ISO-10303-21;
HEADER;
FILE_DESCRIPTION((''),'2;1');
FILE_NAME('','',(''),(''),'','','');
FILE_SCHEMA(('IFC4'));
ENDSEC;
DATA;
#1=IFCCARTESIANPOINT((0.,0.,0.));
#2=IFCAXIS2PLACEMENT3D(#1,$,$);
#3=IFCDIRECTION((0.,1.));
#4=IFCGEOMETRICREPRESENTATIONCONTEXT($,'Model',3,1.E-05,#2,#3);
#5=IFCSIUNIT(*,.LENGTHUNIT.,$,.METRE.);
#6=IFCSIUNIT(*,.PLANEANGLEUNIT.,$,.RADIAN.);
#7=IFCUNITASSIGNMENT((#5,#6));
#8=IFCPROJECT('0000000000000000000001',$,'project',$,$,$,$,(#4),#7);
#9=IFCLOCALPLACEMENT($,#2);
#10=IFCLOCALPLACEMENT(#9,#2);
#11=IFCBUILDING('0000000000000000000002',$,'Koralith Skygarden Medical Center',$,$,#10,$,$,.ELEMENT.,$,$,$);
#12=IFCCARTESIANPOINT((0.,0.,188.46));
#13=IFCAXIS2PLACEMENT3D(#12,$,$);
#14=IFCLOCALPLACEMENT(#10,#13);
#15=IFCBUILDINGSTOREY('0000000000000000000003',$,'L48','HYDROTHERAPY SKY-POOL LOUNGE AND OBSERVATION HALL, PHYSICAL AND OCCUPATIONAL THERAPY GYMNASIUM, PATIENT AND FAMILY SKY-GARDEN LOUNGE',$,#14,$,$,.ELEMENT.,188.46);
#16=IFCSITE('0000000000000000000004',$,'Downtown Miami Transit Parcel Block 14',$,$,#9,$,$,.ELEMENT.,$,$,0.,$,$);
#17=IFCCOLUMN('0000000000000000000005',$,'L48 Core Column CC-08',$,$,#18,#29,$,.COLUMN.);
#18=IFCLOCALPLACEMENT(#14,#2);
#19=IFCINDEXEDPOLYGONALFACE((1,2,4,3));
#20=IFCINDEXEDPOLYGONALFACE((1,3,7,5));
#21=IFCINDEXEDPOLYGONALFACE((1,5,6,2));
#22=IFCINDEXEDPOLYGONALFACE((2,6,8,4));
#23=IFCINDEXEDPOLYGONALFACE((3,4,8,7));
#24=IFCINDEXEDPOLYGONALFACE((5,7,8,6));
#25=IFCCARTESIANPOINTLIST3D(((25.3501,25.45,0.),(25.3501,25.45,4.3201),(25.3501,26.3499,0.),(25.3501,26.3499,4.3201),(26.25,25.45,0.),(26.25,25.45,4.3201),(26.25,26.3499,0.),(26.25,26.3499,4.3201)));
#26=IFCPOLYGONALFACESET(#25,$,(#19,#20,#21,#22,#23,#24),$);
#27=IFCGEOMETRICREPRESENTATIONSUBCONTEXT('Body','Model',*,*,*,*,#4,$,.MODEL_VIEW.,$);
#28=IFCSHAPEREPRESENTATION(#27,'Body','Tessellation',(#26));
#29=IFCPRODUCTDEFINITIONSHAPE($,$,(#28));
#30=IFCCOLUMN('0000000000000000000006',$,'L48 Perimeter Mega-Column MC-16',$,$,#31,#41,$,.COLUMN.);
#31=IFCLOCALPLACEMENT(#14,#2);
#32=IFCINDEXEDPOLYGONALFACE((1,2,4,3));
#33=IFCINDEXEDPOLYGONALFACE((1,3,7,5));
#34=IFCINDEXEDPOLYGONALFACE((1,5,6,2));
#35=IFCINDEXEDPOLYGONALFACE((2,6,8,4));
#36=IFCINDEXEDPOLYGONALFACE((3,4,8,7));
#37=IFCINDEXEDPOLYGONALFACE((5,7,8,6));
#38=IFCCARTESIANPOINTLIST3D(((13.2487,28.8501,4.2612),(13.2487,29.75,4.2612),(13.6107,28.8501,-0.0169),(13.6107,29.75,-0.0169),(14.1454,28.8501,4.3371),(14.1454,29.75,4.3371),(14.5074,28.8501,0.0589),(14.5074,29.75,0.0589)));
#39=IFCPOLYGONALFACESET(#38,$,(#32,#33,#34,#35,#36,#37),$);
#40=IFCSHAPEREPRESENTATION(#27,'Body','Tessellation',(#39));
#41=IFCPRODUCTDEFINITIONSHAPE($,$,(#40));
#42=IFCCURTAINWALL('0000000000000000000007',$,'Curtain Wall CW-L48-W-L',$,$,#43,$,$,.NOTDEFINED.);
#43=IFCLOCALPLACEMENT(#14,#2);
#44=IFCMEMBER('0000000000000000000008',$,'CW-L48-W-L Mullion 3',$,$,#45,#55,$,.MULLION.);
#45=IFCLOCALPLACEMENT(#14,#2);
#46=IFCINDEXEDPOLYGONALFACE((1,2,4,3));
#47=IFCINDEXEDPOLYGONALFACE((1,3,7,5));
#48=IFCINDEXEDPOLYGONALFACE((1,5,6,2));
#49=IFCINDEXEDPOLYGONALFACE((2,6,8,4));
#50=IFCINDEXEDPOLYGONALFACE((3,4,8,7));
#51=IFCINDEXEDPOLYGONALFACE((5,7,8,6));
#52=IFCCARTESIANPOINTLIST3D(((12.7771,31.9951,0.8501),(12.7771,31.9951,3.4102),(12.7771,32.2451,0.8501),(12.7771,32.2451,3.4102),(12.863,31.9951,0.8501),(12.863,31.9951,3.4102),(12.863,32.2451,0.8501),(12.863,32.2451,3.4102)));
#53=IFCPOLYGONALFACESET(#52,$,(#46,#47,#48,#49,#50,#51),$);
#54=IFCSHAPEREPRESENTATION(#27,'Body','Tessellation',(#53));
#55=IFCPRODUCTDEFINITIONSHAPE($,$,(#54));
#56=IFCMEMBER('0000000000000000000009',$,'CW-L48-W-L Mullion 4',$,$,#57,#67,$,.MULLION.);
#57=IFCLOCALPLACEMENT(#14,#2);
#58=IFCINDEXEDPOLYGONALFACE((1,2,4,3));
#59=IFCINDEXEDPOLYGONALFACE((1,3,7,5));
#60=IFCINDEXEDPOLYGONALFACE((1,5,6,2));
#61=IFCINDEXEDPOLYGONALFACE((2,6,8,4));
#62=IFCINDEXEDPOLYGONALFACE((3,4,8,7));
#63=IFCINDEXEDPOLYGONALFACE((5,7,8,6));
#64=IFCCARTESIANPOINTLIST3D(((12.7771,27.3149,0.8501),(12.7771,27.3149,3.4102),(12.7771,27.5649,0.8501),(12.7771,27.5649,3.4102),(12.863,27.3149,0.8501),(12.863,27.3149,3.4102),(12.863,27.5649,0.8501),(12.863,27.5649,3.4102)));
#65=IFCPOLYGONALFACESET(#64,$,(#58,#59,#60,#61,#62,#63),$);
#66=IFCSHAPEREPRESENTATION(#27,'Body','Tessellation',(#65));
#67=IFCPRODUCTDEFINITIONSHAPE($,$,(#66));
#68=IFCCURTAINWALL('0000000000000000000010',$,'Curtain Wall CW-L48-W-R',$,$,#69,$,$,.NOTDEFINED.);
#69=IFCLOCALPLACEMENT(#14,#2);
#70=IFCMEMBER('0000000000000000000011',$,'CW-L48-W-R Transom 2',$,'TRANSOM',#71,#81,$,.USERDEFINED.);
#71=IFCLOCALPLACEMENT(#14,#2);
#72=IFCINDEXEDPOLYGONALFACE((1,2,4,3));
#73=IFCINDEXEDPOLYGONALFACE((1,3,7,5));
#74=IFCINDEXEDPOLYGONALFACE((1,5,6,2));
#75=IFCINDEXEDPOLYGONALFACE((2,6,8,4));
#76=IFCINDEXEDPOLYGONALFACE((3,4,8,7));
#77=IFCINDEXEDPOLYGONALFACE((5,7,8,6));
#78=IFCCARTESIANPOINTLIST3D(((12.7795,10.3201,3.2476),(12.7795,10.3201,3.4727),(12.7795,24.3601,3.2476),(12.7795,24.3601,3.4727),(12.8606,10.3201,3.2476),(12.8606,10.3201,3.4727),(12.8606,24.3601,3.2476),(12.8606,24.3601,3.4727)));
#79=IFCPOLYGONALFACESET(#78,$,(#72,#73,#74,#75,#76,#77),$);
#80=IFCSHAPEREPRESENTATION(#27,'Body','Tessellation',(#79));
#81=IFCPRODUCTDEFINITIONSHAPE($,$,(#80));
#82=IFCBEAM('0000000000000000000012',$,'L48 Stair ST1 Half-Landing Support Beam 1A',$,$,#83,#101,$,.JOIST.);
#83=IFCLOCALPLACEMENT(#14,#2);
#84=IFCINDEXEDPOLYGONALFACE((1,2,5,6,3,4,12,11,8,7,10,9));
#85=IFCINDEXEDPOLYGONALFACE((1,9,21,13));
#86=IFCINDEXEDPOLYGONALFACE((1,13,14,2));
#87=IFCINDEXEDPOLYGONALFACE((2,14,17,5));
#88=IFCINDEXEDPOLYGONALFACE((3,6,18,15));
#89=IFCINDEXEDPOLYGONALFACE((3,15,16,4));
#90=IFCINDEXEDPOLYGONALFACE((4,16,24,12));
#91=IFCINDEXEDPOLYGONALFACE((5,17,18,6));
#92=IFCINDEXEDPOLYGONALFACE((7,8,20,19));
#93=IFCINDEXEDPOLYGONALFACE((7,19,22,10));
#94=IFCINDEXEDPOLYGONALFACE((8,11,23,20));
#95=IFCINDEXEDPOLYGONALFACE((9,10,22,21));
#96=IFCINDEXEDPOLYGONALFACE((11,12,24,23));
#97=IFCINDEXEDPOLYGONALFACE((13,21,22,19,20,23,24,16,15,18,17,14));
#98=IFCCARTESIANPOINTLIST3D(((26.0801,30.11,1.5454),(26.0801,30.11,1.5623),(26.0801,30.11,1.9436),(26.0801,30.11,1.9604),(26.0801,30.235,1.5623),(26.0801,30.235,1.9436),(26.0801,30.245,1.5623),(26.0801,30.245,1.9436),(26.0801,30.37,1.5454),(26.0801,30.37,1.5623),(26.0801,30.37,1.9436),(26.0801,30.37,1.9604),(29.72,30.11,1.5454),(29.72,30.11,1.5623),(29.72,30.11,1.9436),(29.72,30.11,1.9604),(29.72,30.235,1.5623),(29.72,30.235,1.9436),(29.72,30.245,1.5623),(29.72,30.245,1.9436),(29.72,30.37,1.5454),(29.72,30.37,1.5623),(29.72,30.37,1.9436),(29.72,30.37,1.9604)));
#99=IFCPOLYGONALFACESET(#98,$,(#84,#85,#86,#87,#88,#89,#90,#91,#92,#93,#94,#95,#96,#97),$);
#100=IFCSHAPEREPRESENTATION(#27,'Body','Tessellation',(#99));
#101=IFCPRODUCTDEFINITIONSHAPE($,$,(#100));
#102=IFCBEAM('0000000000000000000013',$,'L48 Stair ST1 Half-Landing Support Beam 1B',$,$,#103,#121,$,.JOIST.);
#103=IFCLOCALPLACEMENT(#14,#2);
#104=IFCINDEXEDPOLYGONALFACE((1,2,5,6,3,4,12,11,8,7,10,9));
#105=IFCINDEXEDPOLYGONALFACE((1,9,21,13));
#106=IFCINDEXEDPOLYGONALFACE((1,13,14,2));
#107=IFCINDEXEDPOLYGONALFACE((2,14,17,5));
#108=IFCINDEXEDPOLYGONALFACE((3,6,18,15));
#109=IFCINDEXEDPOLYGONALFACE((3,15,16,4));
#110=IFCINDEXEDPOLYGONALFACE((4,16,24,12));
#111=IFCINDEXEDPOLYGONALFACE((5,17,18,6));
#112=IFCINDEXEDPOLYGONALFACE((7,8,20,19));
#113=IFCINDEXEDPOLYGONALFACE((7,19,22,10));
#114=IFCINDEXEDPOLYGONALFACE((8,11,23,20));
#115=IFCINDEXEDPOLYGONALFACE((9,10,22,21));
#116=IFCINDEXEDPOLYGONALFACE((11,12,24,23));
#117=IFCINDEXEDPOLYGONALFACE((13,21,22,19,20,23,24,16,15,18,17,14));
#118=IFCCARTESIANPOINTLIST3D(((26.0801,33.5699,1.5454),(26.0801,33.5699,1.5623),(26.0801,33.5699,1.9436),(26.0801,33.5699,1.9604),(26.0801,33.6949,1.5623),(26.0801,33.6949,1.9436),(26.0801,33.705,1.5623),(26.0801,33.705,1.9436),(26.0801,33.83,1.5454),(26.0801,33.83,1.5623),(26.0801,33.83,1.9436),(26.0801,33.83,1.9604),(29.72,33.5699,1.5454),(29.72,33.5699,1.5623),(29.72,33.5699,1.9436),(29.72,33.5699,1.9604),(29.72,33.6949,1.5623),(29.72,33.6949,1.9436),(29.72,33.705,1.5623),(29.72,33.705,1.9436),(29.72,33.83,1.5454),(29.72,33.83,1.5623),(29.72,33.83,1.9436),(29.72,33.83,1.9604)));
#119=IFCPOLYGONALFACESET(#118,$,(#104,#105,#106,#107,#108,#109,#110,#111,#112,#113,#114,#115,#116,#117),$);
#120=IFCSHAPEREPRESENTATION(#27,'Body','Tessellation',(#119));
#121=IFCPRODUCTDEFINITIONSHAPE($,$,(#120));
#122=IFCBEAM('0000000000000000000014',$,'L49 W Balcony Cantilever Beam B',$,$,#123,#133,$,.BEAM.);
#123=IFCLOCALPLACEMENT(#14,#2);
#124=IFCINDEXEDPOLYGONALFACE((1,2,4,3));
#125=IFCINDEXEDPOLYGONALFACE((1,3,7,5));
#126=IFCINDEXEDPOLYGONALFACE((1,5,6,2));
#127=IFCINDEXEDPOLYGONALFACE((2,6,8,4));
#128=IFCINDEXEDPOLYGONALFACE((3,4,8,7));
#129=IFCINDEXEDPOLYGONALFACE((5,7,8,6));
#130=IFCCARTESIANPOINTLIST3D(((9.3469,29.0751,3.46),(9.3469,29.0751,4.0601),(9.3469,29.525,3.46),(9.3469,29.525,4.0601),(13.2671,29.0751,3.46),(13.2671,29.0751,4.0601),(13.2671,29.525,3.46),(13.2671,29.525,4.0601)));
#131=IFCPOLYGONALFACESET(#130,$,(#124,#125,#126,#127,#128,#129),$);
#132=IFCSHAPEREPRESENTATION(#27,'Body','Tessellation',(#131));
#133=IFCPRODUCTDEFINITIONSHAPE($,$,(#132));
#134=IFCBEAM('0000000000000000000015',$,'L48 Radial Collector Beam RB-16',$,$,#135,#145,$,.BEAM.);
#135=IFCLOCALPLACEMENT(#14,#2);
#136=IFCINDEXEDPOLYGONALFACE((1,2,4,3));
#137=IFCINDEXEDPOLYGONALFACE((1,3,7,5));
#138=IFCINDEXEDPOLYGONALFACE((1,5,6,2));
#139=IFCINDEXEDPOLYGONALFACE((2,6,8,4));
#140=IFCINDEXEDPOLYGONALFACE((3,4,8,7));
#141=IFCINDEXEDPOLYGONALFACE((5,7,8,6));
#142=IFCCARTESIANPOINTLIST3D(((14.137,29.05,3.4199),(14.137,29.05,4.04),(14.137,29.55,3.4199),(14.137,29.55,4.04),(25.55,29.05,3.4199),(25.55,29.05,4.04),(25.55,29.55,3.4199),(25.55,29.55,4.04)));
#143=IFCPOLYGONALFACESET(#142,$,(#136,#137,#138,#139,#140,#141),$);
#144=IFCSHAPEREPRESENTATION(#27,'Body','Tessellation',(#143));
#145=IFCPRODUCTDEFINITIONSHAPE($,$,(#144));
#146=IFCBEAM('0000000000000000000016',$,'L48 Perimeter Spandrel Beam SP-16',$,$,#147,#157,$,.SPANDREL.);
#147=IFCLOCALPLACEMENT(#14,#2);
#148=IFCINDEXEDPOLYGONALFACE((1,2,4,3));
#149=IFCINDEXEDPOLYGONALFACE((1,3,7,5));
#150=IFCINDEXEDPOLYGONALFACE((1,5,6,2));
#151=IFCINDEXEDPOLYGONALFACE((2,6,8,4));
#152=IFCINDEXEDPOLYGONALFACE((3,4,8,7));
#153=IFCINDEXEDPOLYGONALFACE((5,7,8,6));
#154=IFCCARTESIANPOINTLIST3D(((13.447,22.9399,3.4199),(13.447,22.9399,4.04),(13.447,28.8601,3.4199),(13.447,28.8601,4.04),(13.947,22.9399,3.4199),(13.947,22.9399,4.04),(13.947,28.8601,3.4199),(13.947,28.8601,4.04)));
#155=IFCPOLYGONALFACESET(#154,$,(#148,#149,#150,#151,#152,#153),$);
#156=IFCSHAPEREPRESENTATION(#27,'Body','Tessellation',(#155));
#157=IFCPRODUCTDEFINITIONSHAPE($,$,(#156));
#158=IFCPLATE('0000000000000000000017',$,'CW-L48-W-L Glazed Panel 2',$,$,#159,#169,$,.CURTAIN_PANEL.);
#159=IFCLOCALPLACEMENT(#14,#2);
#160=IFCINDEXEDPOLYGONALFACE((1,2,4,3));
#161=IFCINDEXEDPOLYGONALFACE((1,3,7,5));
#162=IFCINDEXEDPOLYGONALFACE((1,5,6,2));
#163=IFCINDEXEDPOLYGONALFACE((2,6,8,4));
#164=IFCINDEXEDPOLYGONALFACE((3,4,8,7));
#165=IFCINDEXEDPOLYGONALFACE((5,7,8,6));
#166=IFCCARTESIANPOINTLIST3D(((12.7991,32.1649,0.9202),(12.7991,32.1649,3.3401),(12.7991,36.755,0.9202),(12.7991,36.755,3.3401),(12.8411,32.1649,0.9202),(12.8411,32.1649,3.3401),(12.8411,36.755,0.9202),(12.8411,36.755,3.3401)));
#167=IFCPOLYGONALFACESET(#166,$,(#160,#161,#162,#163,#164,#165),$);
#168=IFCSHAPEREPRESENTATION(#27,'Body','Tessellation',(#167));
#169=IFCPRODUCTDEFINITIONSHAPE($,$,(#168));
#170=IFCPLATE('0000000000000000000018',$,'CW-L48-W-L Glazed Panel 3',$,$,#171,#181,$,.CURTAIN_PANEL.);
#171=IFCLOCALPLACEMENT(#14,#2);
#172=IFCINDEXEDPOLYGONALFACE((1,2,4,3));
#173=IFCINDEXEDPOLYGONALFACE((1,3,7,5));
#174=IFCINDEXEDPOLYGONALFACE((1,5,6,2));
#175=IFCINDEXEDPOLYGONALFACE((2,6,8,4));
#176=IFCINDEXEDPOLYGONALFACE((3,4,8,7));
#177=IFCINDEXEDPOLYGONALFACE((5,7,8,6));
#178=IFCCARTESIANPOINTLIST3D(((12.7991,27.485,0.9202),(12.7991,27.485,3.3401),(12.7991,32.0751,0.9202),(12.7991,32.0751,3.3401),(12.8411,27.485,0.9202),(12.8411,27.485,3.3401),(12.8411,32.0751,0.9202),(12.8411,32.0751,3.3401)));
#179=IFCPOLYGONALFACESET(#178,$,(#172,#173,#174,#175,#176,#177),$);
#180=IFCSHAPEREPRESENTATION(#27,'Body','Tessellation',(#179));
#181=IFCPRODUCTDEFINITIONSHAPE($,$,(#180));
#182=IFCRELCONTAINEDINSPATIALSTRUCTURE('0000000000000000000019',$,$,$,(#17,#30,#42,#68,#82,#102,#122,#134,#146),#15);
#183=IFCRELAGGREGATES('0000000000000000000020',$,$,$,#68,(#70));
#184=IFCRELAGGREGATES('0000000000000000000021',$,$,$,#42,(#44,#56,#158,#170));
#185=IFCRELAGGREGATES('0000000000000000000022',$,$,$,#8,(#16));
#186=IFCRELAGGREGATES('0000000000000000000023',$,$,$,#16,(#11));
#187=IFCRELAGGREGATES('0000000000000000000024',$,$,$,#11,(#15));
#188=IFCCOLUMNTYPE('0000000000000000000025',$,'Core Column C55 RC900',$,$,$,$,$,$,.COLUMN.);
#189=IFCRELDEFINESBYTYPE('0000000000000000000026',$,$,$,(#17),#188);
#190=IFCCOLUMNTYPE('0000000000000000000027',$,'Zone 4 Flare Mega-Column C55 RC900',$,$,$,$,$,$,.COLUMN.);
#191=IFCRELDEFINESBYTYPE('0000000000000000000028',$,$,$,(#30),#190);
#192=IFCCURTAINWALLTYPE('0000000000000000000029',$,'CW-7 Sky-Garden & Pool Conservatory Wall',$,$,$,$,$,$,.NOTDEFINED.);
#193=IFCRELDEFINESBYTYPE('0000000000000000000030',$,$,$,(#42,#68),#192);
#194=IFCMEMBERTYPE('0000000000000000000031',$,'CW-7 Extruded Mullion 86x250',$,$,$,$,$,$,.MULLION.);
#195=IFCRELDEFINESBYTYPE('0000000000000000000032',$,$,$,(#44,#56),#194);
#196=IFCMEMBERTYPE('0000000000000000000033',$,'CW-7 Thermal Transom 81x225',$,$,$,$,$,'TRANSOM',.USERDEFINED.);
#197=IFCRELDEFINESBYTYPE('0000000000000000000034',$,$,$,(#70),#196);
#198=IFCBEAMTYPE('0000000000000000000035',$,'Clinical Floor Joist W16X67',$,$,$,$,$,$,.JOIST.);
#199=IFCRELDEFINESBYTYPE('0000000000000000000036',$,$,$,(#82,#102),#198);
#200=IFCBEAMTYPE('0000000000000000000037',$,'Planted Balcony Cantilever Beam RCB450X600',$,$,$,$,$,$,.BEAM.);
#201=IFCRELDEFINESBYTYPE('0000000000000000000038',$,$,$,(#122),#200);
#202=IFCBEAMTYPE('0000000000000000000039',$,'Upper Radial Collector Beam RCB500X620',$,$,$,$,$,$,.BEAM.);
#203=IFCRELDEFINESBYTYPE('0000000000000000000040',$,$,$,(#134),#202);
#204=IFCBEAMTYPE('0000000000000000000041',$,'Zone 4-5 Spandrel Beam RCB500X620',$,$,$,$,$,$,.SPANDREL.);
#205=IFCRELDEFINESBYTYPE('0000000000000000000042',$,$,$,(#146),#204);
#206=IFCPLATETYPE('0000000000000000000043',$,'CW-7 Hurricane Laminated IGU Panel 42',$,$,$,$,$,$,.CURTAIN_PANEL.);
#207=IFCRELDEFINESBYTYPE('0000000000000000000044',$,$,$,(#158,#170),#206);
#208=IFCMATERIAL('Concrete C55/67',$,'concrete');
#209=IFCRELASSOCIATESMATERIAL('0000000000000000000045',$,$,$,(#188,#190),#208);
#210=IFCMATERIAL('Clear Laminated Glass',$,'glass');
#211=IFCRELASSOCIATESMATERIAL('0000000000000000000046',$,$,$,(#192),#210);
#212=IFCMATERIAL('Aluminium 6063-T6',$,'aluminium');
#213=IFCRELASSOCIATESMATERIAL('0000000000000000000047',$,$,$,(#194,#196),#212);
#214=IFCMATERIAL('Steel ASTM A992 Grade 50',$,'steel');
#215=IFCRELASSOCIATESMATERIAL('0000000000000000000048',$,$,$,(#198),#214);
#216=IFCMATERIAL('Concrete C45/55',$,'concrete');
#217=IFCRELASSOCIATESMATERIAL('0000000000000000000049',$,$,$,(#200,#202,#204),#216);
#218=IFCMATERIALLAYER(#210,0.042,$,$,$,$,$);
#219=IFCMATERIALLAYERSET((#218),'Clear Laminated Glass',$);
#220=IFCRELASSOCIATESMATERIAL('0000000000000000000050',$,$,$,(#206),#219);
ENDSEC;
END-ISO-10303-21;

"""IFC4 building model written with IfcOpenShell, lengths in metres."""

from ifc_helpers import new_model, si_unit, direction, frame, origin, origin_2d, place, context, subcontext, project, spatial, rectangle, i_section, extrude, material, layer, layer_set, material_profile, profile_set, type_object, element, aggregate, save


model = new_model("IFC4")

# Units and contexts
model_context = context("Model", 3, precision=1e-05, world=origin(), true_north=direction((0.0, 1.0)))
body_context = subcontext(model_context, "Body", "Model", "MODEL_VIEW")
ifc_project = project(units=[si_unit("LENGTHUNIT", "METRE"), si_unit("PLANEANGLEUNIT", "RADIAN")], contexts=[model_context])

# Site, building, storey
site_placement = place(None, origin())
site = spatial("IfcSite", under=ifc_project, at=site_placement, Name="Downtown Miami Transit Parcel Block 14", CompositionType="ELEMENT", RefElevation=0.0)
building_placement = place(site_placement, origin())
building = spatial("IfcBuilding", under=site, at=building_placement, Name="Koralith Skygarden Medical Center", CompositionType="ELEMENT")
storey_placement = place(building_placement, frame((0.0, 0.0, 188.46)))
storey = spatial("IfcBuildingStorey", under=building, at=storey_placement, Name="L48", Description="HYDROTHERAPY SKY-POOL LOUNGE AND OBSERVATION HALL, PHYSICAL AND OCCUPATIONAL THERAPY GYMNASIUM, PATIENT AND FAMILY SKY-GARDEN LOUNGE", CompositionType="ELEMENT", Elevation=188.46)

# Columns
ifc_material_1 = material(Name="Concrete C55/67", Category="concrete")
ifc_material_profile_1 = material_profile(ifc_material_1, rectangle(XDim=0.8999, YDim=0.8999, at=origin_2d()), Name="RC900X900")
ifc_profile_set_1 = profile_set([ifc_material_profile_1], Name="Concrete C55/67")
column_type_1 = type_object("IfcColumnType", Name="Core Column C55 RC900", PredefinedType="COLUMN", material=ifc_profile_set_1)
column_1_placement = place(storey_placement, frame((25.8, 25.8999, 0.0), z_axis=(0.0, 0.0, 1.0), x_axis=(1.0, 0.0, 0.0)))
element("IfcColumn", 1, at=column_1_placement, inside=storey, type_object=column_type_1, Name="L48 Core Column CC-08", PredefinedType="COLUMN", context=body_context, shape_type="SweptSolid", body=[
    extrude(rectangle(XDim=0.8999, YDim=0.8999, at=origin_2d()), origin(), (0.0, 0.0, 1.0), 4.3201),
])
ifc_material_profile_2 = material_profile(ifc_material_1, rectangle(XDim=0.8999, YDim=0.8999, at=origin_2d()), Name="RC900X900")
ifc_profile_set_2 = profile_set([ifc_material_profile_2], Name="Concrete C55/67")
column_type_2 = type_object("IfcColumnType", Name="Zone 4 Flare Mega-Column C55 RC900", PredefinedType="COLUMN", material=ifc_profile_set_2)
column_2_placement = place(storey_placement, frame((14.0591, 29.3, 0.021), z_axis=(-0.08433, 0.0, 0.996438), x_axis=(0.0, -1.0, 0.0)))
element("IfcColumn", 2, at=column_2_placement, inside=storey, type_object=column_type_2, Name="L48 Perimeter Mega-Column MC-16", PredefinedType="COLUMN", context=body_context, shape_type="SweptSolid", body=[
    extrude(rectangle(XDim=0.8999, YDim=0.8999, at=origin_2d()), origin(), (0.0, 0.0, 1.0), 4.2935),
])

# Curtain wall, members
ifc_material_2 = material(Name="Clear Laminated Glass", Category="glass")
curtain_wall_type = type_object("IfcCurtainWallType", Name="CW-7 Sky-Garden & Pool Conservatory Wall", PredefinedType="NOTDEFINED", material=ifc_material_2)
curtain_wall_1_placement = place(storey_placement, origin())
curtain_wall_1 = element("IfcCurtainWall", 3, at=curtain_wall_1_placement, inside=storey, type_object=curtain_wall_type, Name="Curtain Wall CW-L48-W-L", PredefinedType="NOTDEFINED")
ifc_material_3 = material(Name="Aluminium 6063-T6", Category="aluminium")
ifc_material_profile_3 = material_profile(ifc_material_3, rectangle(XDim=0.0859, YDim=0.25, at=origin_2d()), Name="MUL86X250")
ifc_profile_set_3 = profile_set([ifc_material_profile_3], Name="Aluminium 6063-T6")
member_type_1 = type_object("IfcMemberType", Name="CW-7 Extruded Mullion 86x250", PredefinedType="MULLION", material=ifc_profile_set_3)
member_1_placement = place(storey_placement, frame((12.8201, 32.1201, 0.8501), z_axis=(0.0, 0.0, 1.0), x_axis=(1.0, 0.0, 0.0)))
member_1 = element("IfcMember", 4, at=member_1_placement, type_object=member_type_1, Name="CW-L48-W-L Mullion 3", PredefinedType="MULLION", context=body_context, shape_type="SweptSolid", body=[
    extrude(rectangle(XDim=0.0859, YDim=0.25, at=origin_2d()), origin(), (0.0, 0.0, 1.0), 2.5601),
])
member_2_placement = place(storey_placement, frame((12.8201, 27.4399, 0.8501), z_axis=(0.0, 0.0, 1.0), x_axis=(1.0, 0.0, 0.0)))
member_2 = element("IfcMember", 5, at=member_2_placement, type_object=member_type_1, Name="CW-L48-W-L Mullion 4", PredefinedType="MULLION", context=body_context, shape_type="SweptSolid", body=[
    extrude(rectangle(XDim=0.0859, YDim=0.25, at=origin_2d()), origin(), (0.0, 0.0, 1.0), 2.5601),
])

# Curtain wall, member
curtain_wall_2_placement = place(storey_placement, origin())
curtain_wall_2 = element("IfcCurtainWall", 6, at=curtain_wall_2_placement, inside=storey, type_object=curtain_wall_type, Name="Curtain Wall CW-L48-W-R", PredefinedType="NOTDEFINED")
ifc_material_profile_4 = material_profile(ifc_material_3, rectangle(XDim=0.0811, YDim=0.2251, at=origin_2d()), Name="TRN81X225")
ifc_profile_set_4 = profile_set([ifc_material_profile_4], Name="Aluminium 6063-T6")
member_type_2 = type_object("IfcMemberType", Name="CW-7 Thermal Transom 81x225", ElementType="TRANSOM", PredefinedType="USERDEFINED", material=ifc_profile_set_4)
member_3_placement = place(storey_placement, frame((12.8201, 24.3601, 3.3601), z_axis=(0.0, -1.0, 0.0), x_axis=(1.0, 0.0, 0.0)))
member_3 = element("IfcMember", 7, at=member_3_placement, type_object=member_type_2, Name="CW-L48-W-R Transom 2", ObjectType="TRANSOM", PredefinedType="USERDEFINED", context=body_context, shape_type="SweptSolid", body=[
    extrude(rectangle(XDim=0.0811, YDim=0.2251, at=origin_2d()), origin(), (0.0, 0.0, 1.0), 14.04),
])
aggregate(curtain_wall_2, [member_3])

# Beams
ifc_material_4 = material(Name="Steel ASTM A992 Grade 50", Category="steel")
ifc_material_profile_5 = material_profile(ifc_material_4, i_section(OverallWidth=0.26, OverallDepth=0.415, WebThickness=0.01, FlangeThickness=0.0168, at=origin_2d()), Name="W16X67")
ifc_profile_set_5 = profile_set([ifc_material_profile_5], Name="Steel ASTM A992 Grade 50")
beam_type_1 = type_object("IfcBeamType", Name="Clinical Floor Joist W16X67", PredefinedType="JOIST", material=ifc_profile_set_5)
for number, where, z_axis, x_axis, name in (
    (8, (26.0801, 30.24, 1.7529), (1.0, 0.0, 0.0), (0.0, 1.0, 0.0), "L48 Stair ST1 Half-Landing Support Beam 1A"),
    (9, (26.0801, 33.7, 1.7529), (1.0, 0.0, 0.0), (0.0, 1.0, 0.0), "L48 Stair ST1 Half-Landing Support Beam 1B"),
):
    element("IfcBeam", number, at=place(storey_placement, frame(where, z_axis=z_axis, x_axis=x_axis)), inside=storey, type_object=beam_type_1, Name=name, PredefinedType="JOIST", context=body_context, shape_type="SweptSolid", body=[
        extrude(i_section(OverallWidth=0.26, OverallDepth=0.415, WebThickness=0.01, FlangeThickness=0.0168, at=origin_2d()), origin(), (0.0, 0.0, 1.0), 3.6399),
    ])
ifc_material_5 = material(Name="Concrete C45/55", Category="concrete")
ifc_material_profile_6 = material_profile(ifc_material_5, rectangle(XDim=0.45, YDim=0.6001, at=origin_2d()), Name="RCB450X600")
ifc_profile_set_6 = profile_set([ifc_material_profile_6], Name="Concrete C45/55")
beam_type_2 = type_object("IfcBeamType", Name="Planted Balcony Cantilever Beam RCB450X600", PredefinedType="BEAM", material=ifc_profile_set_6)
beam_1_placement = place(storey_placement, frame((13.2671, 29.3, 3.76), z_axis=(-1.0, 0.0, 0.0), x_axis=(0.0, -1.0, 0.0)))
element("IfcBeam", 10, at=beam_1_placement, inside=storey, type_object=beam_type_2, Name="L49 W Balcony Cantilever Beam B", PredefinedType="BEAM", context=body_context, shape_type="SweptSolid", body=[
    extrude(rectangle(XDim=0.45, YDim=0.6001, at=origin_2d()), origin(), (0.0, 0.0, 1.0), 3.9202),
])
ifc_material_profile_7 = material_profile(ifc_material_5, rectangle(XDim=0.5, YDim=0.6201, at=origin_2d()), Name="RCB500X620")
ifc_profile_set_7 = profile_set([ifc_material_profile_7], Name="Concrete C45/55")
beam_type_3 = type_object("IfcBeamType", Name="Upper Radial Collector Beam RCB500X620", PredefinedType="BEAM", material=ifc_profile_set_7)
beam_2_placement = place(storey_placement, frame((25.55, 29.3, 3.73), z_axis=(-1.0, 0.0, 0.0), x_axis=(0.0, -1.0, 0.0)))
element("IfcBeam", 11, at=beam_2_placement, inside=storey, type_object=beam_type_3, Name="L48 Radial Collector Beam RB-16", PredefinedType="BEAM", context=body_context, shape_type="SweptSolid", body=[
    extrude(rectangle(XDim=0.5, YDim=0.6201, at=origin_2d()), origin(), (0.0, 0.0, 1.0), 11.4131),
])
ifc_material_profile_8 = material_profile(ifc_material_5, rectangle(XDim=0.5, YDim=0.6201, at=origin_2d()), Name="RCB500X620")
ifc_profile_set_8 = profile_set([ifc_material_profile_8], Name="Concrete C45/55")
beam_type_4 = type_object("IfcBeamType", Name="Zone 4-5 Spandrel Beam RCB500X620", PredefinedType="SPANDREL", material=ifc_profile_set_8)
beam_3_placement = place(storey_placement, frame((13.697, 28.8601, 3.73), z_axis=(0.0, -1.0, 0.0), x_axis=(1.0, 0.0, 0.0)))
element("IfcBeam", 12, at=beam_3_placement, inside=storey, type_object=beam_type_4, Name="L48 Perimeter Spandrel Beam SP-16", PredefinedType="SPANDREL", context=body_context, shape_type="SweptSolid", body=[
    extrude(rectangle(XDim=0.5, YDim=0.6201, at=origin_2d()), origin(), (0.0, 0.0, 1.0), 5.9202),
])

# Plates
ifc_layer_1 = layer(ifc_material_2, 0.042)
ifc_layer_set_1 = layer_set([ifc_layer_1], Name="Clear Laminated Glass")
plate_type = type_object("IfcPlateType", Name="CW-7 Hurricane Laminated IGU Panel 42", PredefinedType="CURTAIN_PANEL", material=ifc_layer_set_1)
plate_1_placement = place(storey_placement, frame((12.8201, 34.46, 0.9202), z_axis=(0.0, 0.0, 1.0), x_axis=(0.0, -1.0, 0.0)))
plate_1 = element("IfcPlate", 13, at=plate_1_placement, type_object=plate_type, Name="CW-L48-W-L Glazed Panel 2", PredefinedType="CURTAIN_PANEL", context=body_context, shape_type="SweptSolid", body=[
    extrude(rectangle(XDim=4.5901, YDim=0.042, at=origin_2d()), origin(), (0.0, 0.0, 1.0), 2.4199),
])
plate_2_placement = place(storey_placement, frame((12.8201, 29.78, 0.9202), z_axis=(0.0, 0.0, 1.0), x_axis=(0.0, -1.0, 0.0)))
plate_2 = element("IfcPlate", 14, at=plate_2_placement, type_object=plate_type, Name="CW-L48-W-L Glazed Panel 3", PredefinedType="CURTAIN_PANEL", context=body_context, shape_type="SweptSolid", body=[
    extrude(rectangle(XDim=4.5901, YDim=0.042, at=origin_2d()), origin(), (0.0, 0.0, 1.0), 2.4199),
])
aggregate(curtain_wall_1, [member_1, member_2, plate_1, plate_2])

save(model, "model.ifc")
